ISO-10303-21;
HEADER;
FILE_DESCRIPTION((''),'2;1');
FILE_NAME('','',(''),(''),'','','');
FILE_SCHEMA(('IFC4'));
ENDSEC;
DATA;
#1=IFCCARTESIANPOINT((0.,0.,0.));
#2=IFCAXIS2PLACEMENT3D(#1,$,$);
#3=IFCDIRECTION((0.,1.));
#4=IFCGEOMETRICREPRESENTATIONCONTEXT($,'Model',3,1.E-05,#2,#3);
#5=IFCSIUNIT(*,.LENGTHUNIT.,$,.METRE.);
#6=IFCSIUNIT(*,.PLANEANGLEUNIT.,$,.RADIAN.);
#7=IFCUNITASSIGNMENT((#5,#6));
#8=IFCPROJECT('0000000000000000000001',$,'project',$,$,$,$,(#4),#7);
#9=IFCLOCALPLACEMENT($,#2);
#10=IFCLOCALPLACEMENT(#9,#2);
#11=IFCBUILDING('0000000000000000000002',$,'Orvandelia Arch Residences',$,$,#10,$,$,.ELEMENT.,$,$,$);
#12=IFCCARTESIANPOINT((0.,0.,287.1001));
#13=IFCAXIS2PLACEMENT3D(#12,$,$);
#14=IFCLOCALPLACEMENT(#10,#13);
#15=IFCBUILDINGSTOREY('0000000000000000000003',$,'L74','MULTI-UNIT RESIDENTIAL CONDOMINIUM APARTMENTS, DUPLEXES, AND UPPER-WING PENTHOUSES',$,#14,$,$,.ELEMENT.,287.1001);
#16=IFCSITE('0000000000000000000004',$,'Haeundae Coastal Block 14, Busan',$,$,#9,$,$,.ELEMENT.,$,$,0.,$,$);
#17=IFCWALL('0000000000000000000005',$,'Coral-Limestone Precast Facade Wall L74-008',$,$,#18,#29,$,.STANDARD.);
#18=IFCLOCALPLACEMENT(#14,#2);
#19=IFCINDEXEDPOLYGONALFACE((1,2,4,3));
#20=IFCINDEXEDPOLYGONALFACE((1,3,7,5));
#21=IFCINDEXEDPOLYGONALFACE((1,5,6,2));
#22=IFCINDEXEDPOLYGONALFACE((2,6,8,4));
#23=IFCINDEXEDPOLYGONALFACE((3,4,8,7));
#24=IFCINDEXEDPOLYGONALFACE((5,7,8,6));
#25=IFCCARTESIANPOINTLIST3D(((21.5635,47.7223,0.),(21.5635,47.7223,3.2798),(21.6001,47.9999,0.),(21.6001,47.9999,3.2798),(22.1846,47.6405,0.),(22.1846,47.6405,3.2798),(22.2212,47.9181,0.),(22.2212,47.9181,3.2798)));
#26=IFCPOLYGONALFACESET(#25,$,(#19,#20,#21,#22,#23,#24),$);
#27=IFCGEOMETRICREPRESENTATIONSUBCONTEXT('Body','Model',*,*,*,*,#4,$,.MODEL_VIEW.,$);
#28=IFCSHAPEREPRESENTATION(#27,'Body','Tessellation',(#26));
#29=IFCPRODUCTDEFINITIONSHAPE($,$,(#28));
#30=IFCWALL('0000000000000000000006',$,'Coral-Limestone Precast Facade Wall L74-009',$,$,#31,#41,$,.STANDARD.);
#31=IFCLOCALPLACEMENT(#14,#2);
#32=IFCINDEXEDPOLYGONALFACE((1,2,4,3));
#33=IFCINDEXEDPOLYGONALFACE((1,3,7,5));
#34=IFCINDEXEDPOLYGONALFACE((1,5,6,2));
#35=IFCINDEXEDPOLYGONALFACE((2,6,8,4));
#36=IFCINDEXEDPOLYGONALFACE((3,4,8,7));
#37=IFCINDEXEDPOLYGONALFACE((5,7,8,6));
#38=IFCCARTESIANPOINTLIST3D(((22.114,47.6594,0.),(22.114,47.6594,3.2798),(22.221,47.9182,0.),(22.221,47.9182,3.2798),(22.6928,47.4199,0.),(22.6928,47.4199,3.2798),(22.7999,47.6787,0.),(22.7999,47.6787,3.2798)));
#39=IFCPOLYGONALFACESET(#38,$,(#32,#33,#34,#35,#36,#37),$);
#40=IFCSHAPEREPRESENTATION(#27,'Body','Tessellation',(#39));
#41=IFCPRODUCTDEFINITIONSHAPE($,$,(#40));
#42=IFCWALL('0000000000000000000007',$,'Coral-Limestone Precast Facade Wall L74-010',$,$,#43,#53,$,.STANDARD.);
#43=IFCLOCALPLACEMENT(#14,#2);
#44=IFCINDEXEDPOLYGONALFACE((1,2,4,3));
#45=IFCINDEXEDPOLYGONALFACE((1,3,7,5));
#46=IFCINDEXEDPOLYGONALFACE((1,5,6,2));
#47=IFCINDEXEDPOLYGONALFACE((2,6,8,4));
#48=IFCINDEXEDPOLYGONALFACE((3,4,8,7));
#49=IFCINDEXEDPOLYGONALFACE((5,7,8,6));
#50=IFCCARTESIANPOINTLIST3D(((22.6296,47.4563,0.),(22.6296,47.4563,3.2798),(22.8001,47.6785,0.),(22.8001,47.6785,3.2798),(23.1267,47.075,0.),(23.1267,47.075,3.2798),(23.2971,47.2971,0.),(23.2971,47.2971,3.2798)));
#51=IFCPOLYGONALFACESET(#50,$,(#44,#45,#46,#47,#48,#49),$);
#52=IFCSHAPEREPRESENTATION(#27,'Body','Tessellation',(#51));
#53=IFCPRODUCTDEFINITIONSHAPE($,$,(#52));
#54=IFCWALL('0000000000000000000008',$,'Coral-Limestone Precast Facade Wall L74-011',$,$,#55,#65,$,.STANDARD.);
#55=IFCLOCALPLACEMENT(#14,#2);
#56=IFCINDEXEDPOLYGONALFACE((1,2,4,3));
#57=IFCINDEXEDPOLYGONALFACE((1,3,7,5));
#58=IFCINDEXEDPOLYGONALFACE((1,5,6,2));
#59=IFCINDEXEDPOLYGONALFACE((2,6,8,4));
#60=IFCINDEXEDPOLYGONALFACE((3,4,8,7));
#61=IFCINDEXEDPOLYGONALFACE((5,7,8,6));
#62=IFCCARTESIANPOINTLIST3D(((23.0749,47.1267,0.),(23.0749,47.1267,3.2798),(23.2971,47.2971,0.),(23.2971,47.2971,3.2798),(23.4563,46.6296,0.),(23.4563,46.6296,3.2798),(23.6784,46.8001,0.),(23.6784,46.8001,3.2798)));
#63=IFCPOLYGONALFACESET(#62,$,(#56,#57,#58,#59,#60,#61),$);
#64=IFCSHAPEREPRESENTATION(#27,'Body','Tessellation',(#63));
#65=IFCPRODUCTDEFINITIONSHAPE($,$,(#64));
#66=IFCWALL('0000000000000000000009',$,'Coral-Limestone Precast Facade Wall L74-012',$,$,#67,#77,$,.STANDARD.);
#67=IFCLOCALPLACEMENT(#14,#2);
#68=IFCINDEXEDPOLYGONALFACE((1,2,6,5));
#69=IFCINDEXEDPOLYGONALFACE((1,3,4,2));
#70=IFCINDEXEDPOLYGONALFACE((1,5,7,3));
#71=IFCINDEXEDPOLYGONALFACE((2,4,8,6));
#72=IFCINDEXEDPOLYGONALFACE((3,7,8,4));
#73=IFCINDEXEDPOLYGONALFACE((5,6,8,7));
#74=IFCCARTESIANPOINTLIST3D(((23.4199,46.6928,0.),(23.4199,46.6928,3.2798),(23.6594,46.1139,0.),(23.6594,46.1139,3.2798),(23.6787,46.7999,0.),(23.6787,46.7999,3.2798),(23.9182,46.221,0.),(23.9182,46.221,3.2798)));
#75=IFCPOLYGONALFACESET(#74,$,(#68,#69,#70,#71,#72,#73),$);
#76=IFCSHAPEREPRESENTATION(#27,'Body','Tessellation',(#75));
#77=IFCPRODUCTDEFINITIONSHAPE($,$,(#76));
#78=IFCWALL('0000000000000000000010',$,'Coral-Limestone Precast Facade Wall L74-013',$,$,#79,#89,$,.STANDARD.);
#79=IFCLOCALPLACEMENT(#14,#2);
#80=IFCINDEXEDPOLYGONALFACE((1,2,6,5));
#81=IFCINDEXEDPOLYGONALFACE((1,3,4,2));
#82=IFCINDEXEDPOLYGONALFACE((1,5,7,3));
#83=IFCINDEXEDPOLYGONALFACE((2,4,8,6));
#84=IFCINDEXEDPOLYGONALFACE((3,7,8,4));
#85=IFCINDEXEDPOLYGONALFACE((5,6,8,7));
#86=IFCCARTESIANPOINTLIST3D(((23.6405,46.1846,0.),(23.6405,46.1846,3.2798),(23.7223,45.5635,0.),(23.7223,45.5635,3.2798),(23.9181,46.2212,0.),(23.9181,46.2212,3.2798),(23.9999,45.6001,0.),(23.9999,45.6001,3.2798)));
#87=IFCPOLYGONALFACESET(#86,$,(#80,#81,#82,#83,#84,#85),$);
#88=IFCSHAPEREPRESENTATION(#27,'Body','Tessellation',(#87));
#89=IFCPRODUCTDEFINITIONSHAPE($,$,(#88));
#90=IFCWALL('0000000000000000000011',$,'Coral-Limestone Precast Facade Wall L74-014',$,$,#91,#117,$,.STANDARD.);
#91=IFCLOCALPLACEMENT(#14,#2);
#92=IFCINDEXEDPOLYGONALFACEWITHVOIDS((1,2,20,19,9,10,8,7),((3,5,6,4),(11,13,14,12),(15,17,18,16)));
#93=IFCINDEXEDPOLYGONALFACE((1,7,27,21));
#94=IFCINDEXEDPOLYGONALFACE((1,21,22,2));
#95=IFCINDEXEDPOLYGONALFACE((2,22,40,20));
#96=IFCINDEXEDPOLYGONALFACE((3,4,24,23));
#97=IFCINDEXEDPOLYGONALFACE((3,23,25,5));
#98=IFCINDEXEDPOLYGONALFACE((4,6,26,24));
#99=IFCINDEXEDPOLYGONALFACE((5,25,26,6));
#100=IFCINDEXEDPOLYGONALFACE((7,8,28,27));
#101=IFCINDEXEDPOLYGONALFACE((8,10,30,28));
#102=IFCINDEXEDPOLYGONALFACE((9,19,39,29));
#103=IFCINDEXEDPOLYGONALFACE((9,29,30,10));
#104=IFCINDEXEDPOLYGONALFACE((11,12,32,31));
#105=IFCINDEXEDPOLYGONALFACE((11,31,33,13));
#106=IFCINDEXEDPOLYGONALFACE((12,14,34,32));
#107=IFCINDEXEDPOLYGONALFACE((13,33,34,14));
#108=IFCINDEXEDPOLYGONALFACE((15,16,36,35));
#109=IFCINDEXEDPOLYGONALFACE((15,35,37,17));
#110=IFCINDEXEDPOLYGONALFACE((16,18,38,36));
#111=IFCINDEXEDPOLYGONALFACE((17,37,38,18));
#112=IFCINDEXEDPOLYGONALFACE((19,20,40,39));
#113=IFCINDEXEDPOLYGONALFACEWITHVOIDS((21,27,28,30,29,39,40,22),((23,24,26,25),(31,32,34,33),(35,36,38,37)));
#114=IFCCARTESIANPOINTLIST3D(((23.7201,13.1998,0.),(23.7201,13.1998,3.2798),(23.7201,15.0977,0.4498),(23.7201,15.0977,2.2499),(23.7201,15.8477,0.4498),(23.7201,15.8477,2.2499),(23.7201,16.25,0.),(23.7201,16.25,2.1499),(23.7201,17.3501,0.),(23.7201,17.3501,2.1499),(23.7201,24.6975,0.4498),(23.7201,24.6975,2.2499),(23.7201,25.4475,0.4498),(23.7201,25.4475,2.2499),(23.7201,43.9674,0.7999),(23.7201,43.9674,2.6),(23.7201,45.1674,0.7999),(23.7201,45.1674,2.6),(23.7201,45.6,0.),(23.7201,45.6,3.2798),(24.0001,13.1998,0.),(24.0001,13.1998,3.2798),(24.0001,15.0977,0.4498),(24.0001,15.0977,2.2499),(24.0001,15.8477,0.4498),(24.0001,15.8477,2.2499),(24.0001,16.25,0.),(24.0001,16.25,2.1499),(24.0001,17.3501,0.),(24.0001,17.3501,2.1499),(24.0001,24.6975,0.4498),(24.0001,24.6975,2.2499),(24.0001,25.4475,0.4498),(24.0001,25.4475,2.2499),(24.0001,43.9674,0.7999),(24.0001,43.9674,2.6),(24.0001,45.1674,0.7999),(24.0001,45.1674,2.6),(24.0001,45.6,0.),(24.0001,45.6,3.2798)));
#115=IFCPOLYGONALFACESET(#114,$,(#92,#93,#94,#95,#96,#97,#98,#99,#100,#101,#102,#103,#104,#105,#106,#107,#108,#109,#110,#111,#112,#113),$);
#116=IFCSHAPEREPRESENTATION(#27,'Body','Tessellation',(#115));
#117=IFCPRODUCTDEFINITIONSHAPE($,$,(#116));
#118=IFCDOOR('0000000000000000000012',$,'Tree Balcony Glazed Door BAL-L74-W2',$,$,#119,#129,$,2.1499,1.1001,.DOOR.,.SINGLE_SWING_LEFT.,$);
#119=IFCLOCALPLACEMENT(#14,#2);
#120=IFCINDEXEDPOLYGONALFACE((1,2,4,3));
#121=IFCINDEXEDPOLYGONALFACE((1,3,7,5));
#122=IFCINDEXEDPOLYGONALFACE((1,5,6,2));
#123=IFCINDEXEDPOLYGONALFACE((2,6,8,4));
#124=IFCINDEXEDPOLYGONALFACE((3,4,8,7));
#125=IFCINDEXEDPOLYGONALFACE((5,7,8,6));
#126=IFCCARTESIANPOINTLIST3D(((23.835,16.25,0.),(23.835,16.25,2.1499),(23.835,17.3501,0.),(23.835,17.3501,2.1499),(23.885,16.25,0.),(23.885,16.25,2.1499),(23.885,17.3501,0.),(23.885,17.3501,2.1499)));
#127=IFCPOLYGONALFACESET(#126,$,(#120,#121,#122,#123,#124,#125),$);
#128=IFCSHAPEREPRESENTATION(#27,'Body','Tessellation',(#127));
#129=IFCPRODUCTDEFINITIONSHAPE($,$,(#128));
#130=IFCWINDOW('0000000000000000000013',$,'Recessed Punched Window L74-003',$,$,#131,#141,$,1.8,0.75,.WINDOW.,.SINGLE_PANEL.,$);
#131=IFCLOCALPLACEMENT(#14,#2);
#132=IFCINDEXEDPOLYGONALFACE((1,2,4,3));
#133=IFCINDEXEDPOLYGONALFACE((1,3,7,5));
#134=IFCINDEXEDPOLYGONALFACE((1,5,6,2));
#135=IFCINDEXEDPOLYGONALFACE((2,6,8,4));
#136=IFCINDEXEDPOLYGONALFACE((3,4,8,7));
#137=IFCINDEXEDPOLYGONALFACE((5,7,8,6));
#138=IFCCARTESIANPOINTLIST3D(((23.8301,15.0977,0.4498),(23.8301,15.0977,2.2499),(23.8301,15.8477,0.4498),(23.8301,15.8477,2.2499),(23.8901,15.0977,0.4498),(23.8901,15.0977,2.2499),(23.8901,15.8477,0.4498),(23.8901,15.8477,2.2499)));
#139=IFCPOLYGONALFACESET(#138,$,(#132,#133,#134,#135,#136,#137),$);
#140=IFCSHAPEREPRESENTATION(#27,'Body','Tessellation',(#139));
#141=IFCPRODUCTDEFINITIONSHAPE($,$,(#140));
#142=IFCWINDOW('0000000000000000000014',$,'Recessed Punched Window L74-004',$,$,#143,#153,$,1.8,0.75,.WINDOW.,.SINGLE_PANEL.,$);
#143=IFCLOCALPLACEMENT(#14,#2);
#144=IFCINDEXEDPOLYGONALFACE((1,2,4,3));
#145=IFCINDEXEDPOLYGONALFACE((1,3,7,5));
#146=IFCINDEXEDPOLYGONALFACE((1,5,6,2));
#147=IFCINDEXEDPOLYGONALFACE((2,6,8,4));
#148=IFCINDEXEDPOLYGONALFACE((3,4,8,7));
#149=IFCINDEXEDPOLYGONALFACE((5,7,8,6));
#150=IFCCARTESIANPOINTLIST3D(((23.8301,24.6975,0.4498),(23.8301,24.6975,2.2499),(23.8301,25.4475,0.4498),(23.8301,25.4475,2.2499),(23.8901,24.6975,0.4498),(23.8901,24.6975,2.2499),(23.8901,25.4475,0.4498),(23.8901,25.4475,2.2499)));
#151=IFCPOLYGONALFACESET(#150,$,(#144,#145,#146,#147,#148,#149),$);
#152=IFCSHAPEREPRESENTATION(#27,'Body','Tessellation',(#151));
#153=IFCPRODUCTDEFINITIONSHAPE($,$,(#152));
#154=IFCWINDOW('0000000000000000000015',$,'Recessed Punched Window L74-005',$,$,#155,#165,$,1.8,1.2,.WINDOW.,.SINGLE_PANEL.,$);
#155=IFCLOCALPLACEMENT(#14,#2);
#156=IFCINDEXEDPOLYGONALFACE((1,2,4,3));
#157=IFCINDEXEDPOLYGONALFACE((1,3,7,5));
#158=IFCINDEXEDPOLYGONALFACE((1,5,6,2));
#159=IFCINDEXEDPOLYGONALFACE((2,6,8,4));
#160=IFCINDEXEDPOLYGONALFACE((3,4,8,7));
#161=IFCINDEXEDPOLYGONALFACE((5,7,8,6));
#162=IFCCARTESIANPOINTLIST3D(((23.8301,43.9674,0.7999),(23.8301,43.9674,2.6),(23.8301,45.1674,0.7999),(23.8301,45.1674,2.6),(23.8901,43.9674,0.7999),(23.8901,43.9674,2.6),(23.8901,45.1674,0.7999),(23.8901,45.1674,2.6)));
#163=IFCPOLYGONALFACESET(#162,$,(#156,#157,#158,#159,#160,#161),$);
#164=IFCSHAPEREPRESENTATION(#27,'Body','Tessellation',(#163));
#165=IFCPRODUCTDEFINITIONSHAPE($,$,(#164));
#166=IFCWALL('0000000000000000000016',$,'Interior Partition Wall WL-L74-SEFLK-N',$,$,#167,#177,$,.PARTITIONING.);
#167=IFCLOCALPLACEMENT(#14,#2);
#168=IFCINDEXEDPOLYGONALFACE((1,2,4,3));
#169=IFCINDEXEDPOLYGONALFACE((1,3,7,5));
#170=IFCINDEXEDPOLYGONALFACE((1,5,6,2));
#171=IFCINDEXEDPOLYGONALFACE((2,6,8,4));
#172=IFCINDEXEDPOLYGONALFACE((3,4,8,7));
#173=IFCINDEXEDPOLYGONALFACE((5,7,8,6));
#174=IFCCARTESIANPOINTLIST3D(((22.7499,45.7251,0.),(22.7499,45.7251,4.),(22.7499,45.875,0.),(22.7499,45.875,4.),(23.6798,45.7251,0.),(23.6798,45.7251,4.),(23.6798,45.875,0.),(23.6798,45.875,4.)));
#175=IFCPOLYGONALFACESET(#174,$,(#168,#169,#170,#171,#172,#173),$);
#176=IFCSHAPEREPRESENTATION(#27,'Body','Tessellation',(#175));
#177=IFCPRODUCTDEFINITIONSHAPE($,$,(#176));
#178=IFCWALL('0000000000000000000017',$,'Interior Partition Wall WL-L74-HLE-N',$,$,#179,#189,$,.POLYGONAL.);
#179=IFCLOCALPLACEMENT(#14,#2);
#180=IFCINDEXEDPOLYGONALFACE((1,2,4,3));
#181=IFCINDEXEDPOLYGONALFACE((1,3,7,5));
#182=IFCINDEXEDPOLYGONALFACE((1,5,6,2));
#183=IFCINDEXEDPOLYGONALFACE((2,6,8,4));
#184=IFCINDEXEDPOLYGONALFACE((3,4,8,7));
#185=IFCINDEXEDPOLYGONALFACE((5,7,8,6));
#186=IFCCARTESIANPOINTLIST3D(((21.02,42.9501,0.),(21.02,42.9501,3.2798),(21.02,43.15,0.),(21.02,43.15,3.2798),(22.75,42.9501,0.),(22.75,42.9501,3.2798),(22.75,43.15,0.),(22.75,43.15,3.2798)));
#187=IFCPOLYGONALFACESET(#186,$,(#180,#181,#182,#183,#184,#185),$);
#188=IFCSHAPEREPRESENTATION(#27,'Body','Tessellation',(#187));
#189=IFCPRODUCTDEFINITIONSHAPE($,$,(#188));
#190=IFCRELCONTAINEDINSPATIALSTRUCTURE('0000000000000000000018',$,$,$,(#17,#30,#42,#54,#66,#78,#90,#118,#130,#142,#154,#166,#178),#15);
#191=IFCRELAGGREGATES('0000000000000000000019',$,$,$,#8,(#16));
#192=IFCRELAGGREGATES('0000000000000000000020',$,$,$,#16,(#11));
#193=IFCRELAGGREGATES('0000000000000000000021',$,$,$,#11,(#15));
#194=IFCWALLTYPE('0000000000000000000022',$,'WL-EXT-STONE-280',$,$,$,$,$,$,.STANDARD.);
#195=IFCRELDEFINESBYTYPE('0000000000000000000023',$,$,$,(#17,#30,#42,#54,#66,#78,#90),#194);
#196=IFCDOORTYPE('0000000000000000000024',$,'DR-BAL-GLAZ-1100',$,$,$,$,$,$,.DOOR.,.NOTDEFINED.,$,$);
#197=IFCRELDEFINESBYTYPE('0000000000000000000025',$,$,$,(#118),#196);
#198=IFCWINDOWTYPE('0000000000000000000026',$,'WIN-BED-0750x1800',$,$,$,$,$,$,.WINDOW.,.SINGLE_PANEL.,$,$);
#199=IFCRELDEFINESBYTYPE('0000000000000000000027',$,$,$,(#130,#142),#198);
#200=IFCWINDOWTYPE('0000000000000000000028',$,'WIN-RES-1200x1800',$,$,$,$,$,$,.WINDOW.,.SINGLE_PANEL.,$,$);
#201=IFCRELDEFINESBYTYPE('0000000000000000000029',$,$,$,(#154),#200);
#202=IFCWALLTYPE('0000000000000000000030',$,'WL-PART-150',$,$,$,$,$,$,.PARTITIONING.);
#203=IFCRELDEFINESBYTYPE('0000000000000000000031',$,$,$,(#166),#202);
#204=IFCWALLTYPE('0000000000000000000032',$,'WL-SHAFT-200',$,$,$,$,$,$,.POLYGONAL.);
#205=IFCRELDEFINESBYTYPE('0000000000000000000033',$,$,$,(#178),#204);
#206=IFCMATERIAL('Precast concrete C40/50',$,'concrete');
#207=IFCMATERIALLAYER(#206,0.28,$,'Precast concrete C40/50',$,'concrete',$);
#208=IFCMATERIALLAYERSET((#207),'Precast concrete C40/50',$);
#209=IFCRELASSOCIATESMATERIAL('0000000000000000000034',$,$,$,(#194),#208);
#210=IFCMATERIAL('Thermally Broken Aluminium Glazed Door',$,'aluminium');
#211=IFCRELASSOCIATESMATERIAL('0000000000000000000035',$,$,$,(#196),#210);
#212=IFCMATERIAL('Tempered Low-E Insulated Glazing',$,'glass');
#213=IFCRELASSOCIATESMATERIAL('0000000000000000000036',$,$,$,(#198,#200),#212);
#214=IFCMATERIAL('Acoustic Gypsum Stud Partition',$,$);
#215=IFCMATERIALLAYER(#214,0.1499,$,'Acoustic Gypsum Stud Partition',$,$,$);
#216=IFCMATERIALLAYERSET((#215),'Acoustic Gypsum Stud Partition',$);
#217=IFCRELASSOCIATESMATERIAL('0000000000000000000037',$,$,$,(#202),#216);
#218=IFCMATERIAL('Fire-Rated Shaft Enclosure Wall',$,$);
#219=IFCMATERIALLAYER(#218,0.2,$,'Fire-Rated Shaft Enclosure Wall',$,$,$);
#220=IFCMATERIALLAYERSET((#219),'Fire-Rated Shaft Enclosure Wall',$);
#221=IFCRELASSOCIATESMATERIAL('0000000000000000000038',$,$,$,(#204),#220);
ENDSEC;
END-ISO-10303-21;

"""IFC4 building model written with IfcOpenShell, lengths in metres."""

from ifc_helpers import new_model, si_unit, direction, frame, frame_2d, origin, place, context, subcontext, project, spatial, rectangle, extrude, material, layer, layer_set, type_object, element, fill, save


model = new_model("IFC4")

# Units and contexts
model_context = context("Model", 3, precision=1e-05, world=origin(), true_north=direction((0.0, 1.0)))
body_context = subcontext(model_context, "Body", "Model", "MODEL_VIEW")
ifc_project = project(units=[si_unit("LENGTHUNIT", "METRE"), si_unit("PLANEANGLEUNIT", "RADIAN")], contexts=[model_context])

# Site, building, storey
site_placement = place(None, origin())
site = spatial("IfcSite", under=ifc_project, at=site_placement, Name="Haeundae Coastal Block 14, Busan", CompositionType="ELEMENT", RefElevation=0.0)
building_placement = place(site_placement, origin())
building = spatial("IfcBuilding", under=site, at=building_placement, Name="Orvandelia Arch Residences", CompositionType="ELEMENT")
storey_placement = place(building_placement, frame((0.0, 0.0, 287.1001)))
storey = spatial("IfcBuildingStorey", under=building, at=storey_placement, Name="L74", Description="MULTI-UNIT RESIDENTIAL CONDOMINIUM APARTMENTS, DUPLEXES, AND UPPER-WING PENTHOUSES", CompositionType="ELEMENT", Elevation=287.1001)

# Walls
ifc_material_1 = material(Name="Precast concrete C40/50", Category="concrete")
ifc_layer_1 = layer(ifc_material_1, 0.28, Name="Precast concrete C40/50", Category="concrete")
ifc_layer_set_1 = layer_set([ifc_layer_1], Name="Precast concrete C40/50")
wall_type_1 = type_object("IfcWallType", Name="WL-EXT-STONE-280", PredefinedType="STANDARD", material=ifc_layer_set_1)
for number, where, z_axis, x_axis, name in (
    (1, (21.5818, 47.8611, 0.0), (0.0, 0.0, 1.0), (0.991441, -0.130555, 0.0), "Coral-Limestone Precast Facade Wall L74-008"),
    (2, (22.1675, 47.7888, 0.0), (0.0, 0.0, 1.0), (0.924031, -0.382317, 0.0), "Coral-Limestone Precast Facade Wall L74-009"),
    (3, (22.7148, 47.5674, 0.0), (0.0, 0.0, 1.0), (0.793406, -0.608693, 0.0), "Coral-Limestone Precast Facade Wall L74-010"),
    (4, (23.186, 47.2119, 0.0), (0.0, 0.0, 1.0), (0.608693, -0.793406, 0.0), "Coral-Limestone Precast Facade Wall L74-011"),
    (5, (23.5493, 46.7463, 0.0), (0.0, 0.0, 1.0), (0.382317, -0.924031, 0.0), "Coral-Limestone Precast Facade Wall L74-012"),
    (6, (23.7793, 46.2029, 0.0), (0.0, 0.0, 1.0), (0.130555, -0.991441, 0.0), "Coral-Limestone Precast Facade Wall L74-013"),
):
    element("IfcWall", number, at=place(storey_placement, frame(where, z_axis=z_axis, x_axis=x_axis)), inside=storey, type_object=wall_type_1, Name=name, PredefinedType="STANDARD", context=body_context, shape_type="SweptSolid", body=[
        extrude(rectangle(XDim=0.6265, YDim=0.28, at=frame_2d((0.3132, 0.0))), origin(), (0.0, 0.0, 1.0), 3.2798),
    ])

# Wall, openings, door, windows
wall_1_placement = place(storey_placement, frame((23.8601, 45.6001, 0.0), z_axis=(0.0, 0.0, 1.0), x_axis=(0.0, -1.0, 0.0)))
wall_1 = element("IfcWall", 7, at=wall_1_placement, inside=storey, type_object=wall_type_1, Name="Coral-Limestone Precast Facade Wall L74-014", PredefinedType="STANDARD", context=body_context, shape_type="SweptSolid", body=[
    extrude(rectangle(XDim=32.4001, YDim=0.28, at=frame_2d((16.2002, 0.0))), origin(), (0.0, 0.0, 1.0), 3.2798),
])
opening_1_placement = place(wall_1_placement, frame((28.25, 0.0, 0.0)))
opening_1 = element("IfcOpeningElement", 8, at=opening_1_placement, cuts=wall_1, PredefinedType="OPENING", context=body_context, shape_type="SweptSolid", body=[
    extrude(rectangle(XDim=1.1001, YDim=2.1499, at=frame_2d((0.55, 1.075))), frame((0.0, 0.1499, 0.0), z_axis=(0.0, -1.0, 0.0), x_axis=(1.0, 0.0, 0.0)), (0.0, 0.0, 1.0), 0.3),
])
opening_2_placement = place(wall_1_placement, frame((29.7524, 0.0, 0.45)))
opening_2 = element("IfcOpeningElement", 9, at=opening_2_placement, cuts=wall_1, PredefinedType="OPENING", context=body_context, shape_type="SweptSolid", body=[
    extrude(rectangle(XDim=0.75, YDim=1.8, at=frame_2d((0.375, 0.8999))), frame((0.0, 0.1499, 0.0), z_axis=(0.0, -1.0, 0.0), x_axis=(1.0, 0.0, 0.0)), (0.0, 0.0, 1.0), 0.3),
])
opening_3_placement = place(wall_1_placement, frame((20.1526, 0.0, 0.45)))
opening_3 = element("IfcOpeningElement", 10, at=opening_3_placement, cuts=wall_1, PredefinedType="OPENING", context=body_context, shape_type="SweptSolid", body=[
    extrude(rectangle(XDim=0.75, YDim=1.8, at=frame_2d((0.375, 0.8999))), frame((0.0, 0.1499, 0.0), z_axis=(0.0, -1.0, 0.0), x_axis=(1.0, 0.0, 0.0)), (0.0, 0.0, 1.0), 0.3),
])
opening_4_placement = place(wall_1_placement, frame((0.4326, 0.0, 0.8)))
opening_4 = element("IfcOpeningElement", 11, at=opening_4_placement, cuts=wall_1, PredefinedType="OPENING", context=body_context, shape_type="SweptSolid", body=[
    extrude(rectangle(XDim=1.2, YDim=1.8, at=frame_2d((0.6001, 0.8999))), frame((0.0, 0.1499, 0.0), z_axis=(0.0, -1.0, 0.0), x_axis=(1.0, 0.0, 0.0)), (0.0, 0.0, 1.0), 0.3),
])
ifc_material_2 = material(Name="Thermally Broken Aluminium Glazed Door", Category="aluminium")
door_type_1 = type_object("IfcDoorType", Name="DR-BAL-GLAZ-1100", OperationType="NOTDEFINED", PredefinedType="DOOR", material=ifc_material_2)
door_1_placement = place(opening_1_placement, origin())
door_1 = element("IfcDoor", 12, at=door_1_placement, inside=storey, type_object=door_type_1, Name="Tree Balcony Glazed Door BAL-L74-W2", OperationType="SINGLE_SWING_LEFT", OverallHeight=2.1499, OverallWidth=1.1001, PredefinedType="DOOR", context=body_context, shape_type="SweptSolid", body=[
    extrude(rectangle(XDim=1.1001, YDim=2.1499, at=frame_2d((0.55, 1.075))), frame((0.0, 0.0249, 0.0), z_axis=(0.0, -1.0, 0.0), x_axis=(1.0, 0.0, 0.0)), (0.0, 0.0, 1.0), 0.05),
])
fill(opening_1, door_1)
ifc_material_3 = material(Name="Tempered Low-E Insulated Glazing", Category="glass")
window_type_1 = type_object("IfcWindowType", Name="WIN-BED-0750x1800", PartitioningType="SINGLE_PANEL", PredefinedType="WINDOW", material=ifc_material_3)
window_1_placement = place(opening_2_placement, origin())
window_1 = element("IfcWindow", 13, at=window_1_placement, inside=storey, type_object=window_type_1, Name="Recessed Punched Window L74-003", OverallHeight=1.8, OverallWidth=0.75, PartitioningType="SINGLE_PANEL", PredefinedType="WINDOW", context=body_context, shape_type="SweptSolid", body=[
    extrude(rectangle(XDim=0.75, YDim=1.8, at=frame_2d((0.375, 0.8999))), frame((0.0, 0.03, 0.0), z_axis=(0.0, -1.0, 0.0), x_axis=(1.0, 0.0, 0.0)), (0.0, 0.0, 1.0), 0.0601),
])
fill(opening_2, window_1)
window_2_placement = place(opening_3_placement, origin())
window_2 = element("IfcWindow", 14, at=window_2_placement, inside=storey, type_object=window_type_1, Name="Recessed Punched Window L74-004", OverallHeight=1.8, OverallWidth=0.75, PartitioningType="SINGLE_PANEL", PredefinedType="WINDOW", context=body_context, shape_type="SweptSolid", body=[
    extrude(rectangle(XDim=0.75, YDim=1.8, at=frame_2d((0.375, 0.8999))), frame((0.0, 0.03, 0.0), z_axis=(0.0, -1.0, 0.0), x_axis=(1.0, 0.0, 0.0)), (0.0, 0.0, 1.0), 0.0601),
])
fill(opening_3, window_2)
window_type_2 = type_object("IfcWindowType", Name="WIN-RES-1200x1800", PartitioningType="SINGLE_PANEL", PredefinedType="WINDOW", material=ifc_material_3)
window_3_placement = place(opening_4_placement, origin())
window_3 = element("IfcWindow", 15, at=window_3_placement, inside=storey, type_object=window_type_2, Name="Recessed Punched Window L74-005", OverallHeight=1.8, OverallWidth=1.2, PartitioningType="SINGLE_PANEL", PredefinedType="WINDOW", context=body_context, shape_type="SweptSolid", body=[
    extrude(rectangle(XDim=1.2, YDim=1.8, at=frame_2d((0.6001, 0.8999))), frame((0.0, 0.03, 0.0), z_axis=(0.0, -1.0, 0.0), x_axis=(1.0, 0.0, 0.0)), (0.0, 0.0, 1.0), 0.0601),
])
fill(opening_4, window_3)

# Walls
ifc_material_4 = material(Name="Acoustic Gypsum Stud Partition")
ifc_layer_2 = layer(ifc_material_4, 0.1499, Name="Acoustic Gypsum Stud Partition")
ifc_layer_set_2 = layer_set([ifc_layer_2], Name="Acoustic Gypsum Stud Partition")
wall_type_2 = type_object("IfcWallType", Name="WL-PART-150", PredefinedType="PARTITIONING", material=ifc_layer_set_2)
wall_2_placement = place(storey_placement, frame((22.75, 45.8, 0.0), z_axis=(0.0, 0.0, 1.0), x_axis=(1.0, 0.0, 0.0)))
element("IfcWall", 16, at=wall_2_placement, inside=storey, type_object=wall_type_2, Name="Interior Partition Wall WL-L74-SEFLK-N", PredefinedType="PARTITIONING", context=body_context, shape_type="SweptSolid", body=[
    extrude(rectangle(XDim=0.9299, YDim=0.1499, at=frame_2d((0.4648, 0.0))), origin(), (0.0, 0.0, 1.0), 4.0),
])
ifc_material_5 = material(Name="Fire-Rated Shaft Enclosure Wall")
ifc_layer_3 = layer(ifc_material_5, 0.2, Name="Fire-Rated Shaft Enclosure Wall")
ifc_layer_set_3 = layer_set([ifc_layer_3], Name="Fire-Rated Shaft Enclosure Wall")
wall_type_3 = type_object("IfcWallType", Name="WL-SHAFT-200", PredefinedType="POLYGONAL", material=ifc_layer_set_3)
wall_3_placement = place(storey_placement, frame((21.02, 43.05, 0.0), z_axis=(0.0, 0.0, 1.0), x_axis=(1.0, 0.0, 0.0)))
element("IfcWall", 17, at=wall_3_placement, inside=storey, type_object=wall_type_3, Name="Interior Partition Wall WL-L74-HLE-N", PredefinedType="POLYGONAL", context=body_context, shape_type="SweptSolid", body=[
    extrude(rectangle(XDim=1.73, YDim=0.2, at=frame_2d((0.865, 0.0))), origin(), (0.0, 0.0, 1.0), 3.2798),
])

save(model, "model.ifc")
